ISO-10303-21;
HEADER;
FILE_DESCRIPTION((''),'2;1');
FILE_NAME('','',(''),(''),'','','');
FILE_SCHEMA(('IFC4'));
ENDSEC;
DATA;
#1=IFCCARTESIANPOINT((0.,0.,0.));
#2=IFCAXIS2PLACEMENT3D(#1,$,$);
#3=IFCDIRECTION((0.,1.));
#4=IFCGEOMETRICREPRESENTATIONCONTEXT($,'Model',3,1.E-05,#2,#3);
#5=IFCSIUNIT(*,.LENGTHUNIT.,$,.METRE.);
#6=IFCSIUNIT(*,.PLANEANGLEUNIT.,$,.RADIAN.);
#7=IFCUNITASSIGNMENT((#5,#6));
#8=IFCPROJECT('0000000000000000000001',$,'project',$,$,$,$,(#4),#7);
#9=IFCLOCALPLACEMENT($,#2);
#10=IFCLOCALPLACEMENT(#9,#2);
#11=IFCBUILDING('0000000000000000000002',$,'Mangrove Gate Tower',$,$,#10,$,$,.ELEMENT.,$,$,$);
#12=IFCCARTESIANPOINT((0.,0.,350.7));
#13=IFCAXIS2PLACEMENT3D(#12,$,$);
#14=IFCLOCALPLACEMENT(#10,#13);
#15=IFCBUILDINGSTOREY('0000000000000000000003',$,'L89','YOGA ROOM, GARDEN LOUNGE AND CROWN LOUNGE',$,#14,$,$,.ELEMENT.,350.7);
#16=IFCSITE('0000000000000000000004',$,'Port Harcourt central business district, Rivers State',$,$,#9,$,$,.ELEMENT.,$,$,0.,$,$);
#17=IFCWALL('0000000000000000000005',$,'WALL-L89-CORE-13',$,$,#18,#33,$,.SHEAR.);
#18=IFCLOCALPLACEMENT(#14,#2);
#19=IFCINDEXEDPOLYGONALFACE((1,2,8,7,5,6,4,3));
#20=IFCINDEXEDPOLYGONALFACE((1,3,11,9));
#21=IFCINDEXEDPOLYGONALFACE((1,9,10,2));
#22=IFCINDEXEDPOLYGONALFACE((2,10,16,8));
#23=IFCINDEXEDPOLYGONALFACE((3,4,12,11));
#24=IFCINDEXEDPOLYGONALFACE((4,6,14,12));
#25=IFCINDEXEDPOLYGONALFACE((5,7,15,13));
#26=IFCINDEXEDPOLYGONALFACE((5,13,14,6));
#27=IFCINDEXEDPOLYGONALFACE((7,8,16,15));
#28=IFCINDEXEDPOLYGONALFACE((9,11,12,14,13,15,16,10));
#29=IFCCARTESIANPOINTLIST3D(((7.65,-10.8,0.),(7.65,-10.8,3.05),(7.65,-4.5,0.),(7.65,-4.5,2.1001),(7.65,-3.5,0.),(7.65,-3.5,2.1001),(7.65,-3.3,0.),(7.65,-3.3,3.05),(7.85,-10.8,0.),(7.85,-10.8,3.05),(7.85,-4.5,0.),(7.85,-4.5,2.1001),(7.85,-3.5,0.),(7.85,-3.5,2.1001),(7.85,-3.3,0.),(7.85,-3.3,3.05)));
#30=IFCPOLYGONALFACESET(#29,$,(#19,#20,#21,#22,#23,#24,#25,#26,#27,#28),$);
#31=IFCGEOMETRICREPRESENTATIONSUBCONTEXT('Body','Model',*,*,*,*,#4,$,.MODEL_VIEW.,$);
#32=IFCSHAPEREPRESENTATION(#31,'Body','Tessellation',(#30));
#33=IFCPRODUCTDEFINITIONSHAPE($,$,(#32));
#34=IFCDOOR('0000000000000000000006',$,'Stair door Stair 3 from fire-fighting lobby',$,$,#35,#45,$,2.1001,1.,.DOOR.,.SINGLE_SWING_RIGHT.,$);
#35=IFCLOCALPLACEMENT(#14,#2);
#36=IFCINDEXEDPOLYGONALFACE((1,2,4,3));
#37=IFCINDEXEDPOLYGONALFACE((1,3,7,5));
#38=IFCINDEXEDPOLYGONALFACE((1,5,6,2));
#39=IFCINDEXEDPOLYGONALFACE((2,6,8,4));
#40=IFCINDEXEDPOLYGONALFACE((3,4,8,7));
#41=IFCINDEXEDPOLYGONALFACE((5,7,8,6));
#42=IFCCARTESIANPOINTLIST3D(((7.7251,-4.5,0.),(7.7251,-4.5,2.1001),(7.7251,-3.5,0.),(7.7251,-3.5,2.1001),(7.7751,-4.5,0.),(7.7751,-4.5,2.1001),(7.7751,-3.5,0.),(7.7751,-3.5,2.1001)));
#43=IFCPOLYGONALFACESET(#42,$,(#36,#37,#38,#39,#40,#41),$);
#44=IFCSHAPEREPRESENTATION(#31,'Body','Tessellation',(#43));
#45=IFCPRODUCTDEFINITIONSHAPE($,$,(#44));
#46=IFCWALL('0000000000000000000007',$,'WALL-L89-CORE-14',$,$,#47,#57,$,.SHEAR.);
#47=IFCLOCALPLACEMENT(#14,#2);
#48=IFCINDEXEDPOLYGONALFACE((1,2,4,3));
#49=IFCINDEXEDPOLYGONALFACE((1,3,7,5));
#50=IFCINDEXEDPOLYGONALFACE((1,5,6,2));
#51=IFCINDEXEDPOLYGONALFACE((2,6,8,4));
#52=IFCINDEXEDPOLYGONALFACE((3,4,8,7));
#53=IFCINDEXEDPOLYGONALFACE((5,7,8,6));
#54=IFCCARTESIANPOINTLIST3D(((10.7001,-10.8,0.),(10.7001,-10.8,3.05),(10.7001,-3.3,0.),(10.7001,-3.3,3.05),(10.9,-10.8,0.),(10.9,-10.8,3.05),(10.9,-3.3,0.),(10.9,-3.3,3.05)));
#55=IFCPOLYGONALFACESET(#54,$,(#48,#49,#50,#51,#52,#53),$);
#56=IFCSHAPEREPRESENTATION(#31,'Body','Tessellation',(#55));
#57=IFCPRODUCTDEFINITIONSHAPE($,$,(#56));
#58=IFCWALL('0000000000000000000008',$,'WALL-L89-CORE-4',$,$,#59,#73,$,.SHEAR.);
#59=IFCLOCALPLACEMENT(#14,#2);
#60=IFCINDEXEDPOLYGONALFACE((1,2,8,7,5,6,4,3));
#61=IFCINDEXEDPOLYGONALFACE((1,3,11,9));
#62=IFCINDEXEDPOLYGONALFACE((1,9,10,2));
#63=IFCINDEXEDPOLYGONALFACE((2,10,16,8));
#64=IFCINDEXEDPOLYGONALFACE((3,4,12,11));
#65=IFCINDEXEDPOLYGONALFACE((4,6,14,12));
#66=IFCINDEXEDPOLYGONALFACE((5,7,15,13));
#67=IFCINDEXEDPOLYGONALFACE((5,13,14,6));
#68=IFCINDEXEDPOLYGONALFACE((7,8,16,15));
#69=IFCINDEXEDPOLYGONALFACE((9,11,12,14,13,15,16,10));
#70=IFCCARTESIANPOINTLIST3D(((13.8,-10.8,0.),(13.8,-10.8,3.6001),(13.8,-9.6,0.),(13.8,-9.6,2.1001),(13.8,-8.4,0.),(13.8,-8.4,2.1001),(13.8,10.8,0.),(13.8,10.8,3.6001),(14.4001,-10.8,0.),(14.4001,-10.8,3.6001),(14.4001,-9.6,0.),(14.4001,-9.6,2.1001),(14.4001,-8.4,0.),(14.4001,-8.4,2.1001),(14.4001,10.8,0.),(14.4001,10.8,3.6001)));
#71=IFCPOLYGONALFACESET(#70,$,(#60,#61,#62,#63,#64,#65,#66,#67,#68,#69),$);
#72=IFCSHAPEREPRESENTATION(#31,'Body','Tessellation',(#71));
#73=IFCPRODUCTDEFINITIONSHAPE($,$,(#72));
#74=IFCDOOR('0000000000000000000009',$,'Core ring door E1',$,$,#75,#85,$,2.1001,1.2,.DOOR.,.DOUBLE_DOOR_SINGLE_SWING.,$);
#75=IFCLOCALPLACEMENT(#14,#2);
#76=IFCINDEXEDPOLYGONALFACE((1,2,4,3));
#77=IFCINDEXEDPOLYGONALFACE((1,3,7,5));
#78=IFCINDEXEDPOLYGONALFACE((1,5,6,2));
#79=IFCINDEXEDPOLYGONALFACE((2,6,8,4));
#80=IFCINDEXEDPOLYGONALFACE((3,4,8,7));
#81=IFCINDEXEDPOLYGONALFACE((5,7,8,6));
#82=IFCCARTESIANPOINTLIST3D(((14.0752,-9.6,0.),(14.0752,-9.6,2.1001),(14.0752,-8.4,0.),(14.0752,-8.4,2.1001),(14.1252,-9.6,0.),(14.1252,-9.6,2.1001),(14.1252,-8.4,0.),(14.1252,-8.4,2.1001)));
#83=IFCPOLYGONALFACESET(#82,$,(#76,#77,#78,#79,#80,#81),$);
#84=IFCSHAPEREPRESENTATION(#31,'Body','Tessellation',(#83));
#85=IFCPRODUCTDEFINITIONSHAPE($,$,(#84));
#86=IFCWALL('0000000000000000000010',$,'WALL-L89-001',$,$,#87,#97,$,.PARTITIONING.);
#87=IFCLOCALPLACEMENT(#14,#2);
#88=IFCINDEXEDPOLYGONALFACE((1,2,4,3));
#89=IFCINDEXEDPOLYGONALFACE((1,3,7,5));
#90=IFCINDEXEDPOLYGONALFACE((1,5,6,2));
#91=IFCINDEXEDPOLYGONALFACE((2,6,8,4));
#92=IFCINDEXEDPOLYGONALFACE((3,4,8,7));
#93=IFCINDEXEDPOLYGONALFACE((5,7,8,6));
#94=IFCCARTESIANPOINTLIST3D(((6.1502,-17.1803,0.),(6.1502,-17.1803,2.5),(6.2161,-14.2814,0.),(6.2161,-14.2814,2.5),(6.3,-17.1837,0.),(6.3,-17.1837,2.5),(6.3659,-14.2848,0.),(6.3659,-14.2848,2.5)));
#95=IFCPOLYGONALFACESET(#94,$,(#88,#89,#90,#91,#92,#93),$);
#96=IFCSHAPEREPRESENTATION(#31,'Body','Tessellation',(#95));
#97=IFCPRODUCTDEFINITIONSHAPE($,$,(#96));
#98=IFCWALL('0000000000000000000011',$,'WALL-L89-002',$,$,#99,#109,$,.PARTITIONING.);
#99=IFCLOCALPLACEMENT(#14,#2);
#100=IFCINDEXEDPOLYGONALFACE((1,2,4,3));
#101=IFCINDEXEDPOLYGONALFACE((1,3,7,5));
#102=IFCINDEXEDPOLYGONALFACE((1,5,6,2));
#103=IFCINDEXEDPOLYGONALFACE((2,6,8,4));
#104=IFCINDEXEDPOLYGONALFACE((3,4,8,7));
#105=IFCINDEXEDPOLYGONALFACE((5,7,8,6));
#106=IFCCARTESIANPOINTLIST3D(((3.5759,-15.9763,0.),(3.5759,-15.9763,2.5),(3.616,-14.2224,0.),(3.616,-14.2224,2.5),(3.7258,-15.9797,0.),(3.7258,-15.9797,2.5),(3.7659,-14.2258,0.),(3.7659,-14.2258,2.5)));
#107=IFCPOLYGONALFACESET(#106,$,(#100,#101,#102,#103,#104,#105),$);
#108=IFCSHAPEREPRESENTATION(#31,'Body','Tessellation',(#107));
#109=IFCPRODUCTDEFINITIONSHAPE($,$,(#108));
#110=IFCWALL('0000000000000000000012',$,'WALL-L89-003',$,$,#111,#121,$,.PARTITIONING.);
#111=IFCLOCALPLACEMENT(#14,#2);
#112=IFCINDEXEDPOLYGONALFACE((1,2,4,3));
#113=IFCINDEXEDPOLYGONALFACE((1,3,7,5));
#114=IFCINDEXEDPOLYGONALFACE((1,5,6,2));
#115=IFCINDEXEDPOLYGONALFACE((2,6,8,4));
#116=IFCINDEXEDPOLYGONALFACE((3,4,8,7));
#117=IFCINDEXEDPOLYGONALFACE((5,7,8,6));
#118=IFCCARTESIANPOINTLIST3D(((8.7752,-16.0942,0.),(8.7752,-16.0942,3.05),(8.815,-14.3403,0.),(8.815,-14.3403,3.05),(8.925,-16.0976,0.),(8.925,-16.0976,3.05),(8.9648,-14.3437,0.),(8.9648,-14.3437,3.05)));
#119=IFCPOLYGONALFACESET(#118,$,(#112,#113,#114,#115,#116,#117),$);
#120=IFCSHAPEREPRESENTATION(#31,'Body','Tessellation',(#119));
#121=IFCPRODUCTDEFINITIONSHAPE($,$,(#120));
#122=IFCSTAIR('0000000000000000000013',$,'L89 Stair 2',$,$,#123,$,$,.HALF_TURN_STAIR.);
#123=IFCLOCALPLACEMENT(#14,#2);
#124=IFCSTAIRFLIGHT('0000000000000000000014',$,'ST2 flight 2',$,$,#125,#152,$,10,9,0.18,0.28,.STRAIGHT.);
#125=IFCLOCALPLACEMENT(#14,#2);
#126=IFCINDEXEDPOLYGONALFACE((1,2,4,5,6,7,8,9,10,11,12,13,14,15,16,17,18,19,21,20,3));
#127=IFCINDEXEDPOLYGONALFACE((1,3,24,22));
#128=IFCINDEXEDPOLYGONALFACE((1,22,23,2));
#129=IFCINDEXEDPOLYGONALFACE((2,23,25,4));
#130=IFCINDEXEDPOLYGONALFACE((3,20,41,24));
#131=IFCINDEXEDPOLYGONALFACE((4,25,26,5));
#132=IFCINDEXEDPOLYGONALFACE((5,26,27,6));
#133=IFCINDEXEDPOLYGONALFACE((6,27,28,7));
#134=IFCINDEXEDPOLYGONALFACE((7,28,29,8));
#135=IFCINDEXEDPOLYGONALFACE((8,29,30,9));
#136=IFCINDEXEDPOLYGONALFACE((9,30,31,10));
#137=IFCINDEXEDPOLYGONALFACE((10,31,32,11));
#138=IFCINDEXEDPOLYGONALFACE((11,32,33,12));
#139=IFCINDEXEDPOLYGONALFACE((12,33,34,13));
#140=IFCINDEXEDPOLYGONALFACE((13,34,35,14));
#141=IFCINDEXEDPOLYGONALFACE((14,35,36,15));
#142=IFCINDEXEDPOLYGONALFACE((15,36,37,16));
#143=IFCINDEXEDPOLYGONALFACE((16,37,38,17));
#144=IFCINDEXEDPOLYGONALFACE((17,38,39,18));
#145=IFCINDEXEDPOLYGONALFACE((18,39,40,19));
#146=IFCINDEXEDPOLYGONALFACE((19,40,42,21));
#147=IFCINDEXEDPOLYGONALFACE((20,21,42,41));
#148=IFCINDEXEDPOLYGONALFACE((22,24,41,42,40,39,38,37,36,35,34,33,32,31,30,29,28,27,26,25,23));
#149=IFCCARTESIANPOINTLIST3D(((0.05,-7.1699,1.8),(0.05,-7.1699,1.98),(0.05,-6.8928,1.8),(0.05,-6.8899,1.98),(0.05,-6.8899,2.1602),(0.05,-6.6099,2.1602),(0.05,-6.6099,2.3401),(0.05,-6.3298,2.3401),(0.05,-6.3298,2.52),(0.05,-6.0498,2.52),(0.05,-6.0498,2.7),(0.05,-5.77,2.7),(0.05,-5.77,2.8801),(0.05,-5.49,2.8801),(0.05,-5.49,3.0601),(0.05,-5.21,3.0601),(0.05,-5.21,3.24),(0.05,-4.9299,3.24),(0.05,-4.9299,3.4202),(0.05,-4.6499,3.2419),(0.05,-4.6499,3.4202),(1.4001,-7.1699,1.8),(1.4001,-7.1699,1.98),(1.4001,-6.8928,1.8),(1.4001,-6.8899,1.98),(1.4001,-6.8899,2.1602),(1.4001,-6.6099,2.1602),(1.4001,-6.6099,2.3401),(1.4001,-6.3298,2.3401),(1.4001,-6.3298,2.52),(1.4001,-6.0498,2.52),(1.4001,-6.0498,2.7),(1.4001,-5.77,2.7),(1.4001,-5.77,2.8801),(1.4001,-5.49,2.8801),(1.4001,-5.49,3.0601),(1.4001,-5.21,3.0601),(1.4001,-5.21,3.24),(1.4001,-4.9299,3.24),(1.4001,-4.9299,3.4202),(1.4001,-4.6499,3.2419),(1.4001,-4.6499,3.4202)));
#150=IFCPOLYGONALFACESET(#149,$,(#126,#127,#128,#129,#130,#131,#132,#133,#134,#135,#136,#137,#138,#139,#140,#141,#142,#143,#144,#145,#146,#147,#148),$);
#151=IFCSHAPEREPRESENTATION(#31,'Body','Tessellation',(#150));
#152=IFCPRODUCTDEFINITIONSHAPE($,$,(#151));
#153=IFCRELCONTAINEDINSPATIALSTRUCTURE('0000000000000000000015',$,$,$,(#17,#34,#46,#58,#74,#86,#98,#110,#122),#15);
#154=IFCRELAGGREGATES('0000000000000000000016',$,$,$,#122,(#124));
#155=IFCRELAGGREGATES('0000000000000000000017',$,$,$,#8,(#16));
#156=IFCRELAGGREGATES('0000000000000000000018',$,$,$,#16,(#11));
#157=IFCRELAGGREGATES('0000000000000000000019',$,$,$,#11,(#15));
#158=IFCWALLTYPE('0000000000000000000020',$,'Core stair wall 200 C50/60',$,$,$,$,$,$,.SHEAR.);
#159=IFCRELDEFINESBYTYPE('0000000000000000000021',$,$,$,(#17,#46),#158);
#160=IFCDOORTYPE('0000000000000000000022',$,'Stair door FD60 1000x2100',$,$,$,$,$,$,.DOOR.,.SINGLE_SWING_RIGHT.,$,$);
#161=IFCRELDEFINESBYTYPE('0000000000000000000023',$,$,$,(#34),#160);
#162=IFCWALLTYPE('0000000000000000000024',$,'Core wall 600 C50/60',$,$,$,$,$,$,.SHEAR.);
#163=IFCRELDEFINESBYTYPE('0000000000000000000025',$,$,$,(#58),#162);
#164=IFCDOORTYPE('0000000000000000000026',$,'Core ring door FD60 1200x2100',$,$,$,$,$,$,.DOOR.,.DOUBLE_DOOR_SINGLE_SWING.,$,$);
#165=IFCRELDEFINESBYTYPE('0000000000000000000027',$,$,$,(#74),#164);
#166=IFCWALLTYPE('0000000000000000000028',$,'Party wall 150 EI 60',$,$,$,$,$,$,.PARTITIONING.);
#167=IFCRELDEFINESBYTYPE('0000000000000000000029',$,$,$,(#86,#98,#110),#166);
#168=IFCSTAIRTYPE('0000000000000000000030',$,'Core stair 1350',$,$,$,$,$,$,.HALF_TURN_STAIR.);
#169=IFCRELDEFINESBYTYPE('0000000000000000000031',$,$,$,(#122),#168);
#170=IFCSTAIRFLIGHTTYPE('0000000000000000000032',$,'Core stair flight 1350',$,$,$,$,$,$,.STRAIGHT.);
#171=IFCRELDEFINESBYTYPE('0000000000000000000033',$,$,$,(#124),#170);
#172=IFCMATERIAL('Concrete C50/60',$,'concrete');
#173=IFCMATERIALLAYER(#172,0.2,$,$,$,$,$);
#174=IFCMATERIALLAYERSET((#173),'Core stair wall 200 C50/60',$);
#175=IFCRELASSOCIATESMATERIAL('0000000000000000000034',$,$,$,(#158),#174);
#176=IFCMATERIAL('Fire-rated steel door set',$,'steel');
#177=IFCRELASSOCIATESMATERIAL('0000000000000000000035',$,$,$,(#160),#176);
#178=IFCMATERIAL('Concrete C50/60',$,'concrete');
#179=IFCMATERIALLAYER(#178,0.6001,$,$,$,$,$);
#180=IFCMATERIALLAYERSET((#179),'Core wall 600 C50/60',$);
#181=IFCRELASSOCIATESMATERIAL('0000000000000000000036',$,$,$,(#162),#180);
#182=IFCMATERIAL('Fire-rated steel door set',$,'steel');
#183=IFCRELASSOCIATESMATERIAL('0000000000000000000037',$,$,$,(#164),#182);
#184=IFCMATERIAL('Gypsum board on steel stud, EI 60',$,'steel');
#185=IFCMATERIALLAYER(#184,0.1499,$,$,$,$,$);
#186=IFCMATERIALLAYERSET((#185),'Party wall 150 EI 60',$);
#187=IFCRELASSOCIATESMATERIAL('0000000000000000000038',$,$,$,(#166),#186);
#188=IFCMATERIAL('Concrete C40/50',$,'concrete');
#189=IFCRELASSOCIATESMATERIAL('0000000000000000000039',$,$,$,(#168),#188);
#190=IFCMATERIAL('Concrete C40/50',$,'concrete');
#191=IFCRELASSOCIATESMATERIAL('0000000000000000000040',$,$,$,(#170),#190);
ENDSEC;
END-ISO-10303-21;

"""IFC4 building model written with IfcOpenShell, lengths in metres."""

from ifc_helpers import new_model, si_unit, direction, frame, frame_2d, origin, place, context, subcontext, project, spatial, polyline, rectangle, outline, extrude, material, layer, layer_set, type_object, element, fill, aggregate, save


model = new_model("IFC4")

# Units and contexts
model_context = context("Model", 3, precision=1e-05, world=origin(), true_north=direction((0.0, 1.0)))
body_context = subcontext(model_context, "Body", "Model", "MODEL_VIEW")
ifc_project = project(units=[si_unit("LENGTHUNIT", "METRE"), si_unit("PLANEANGLEUNIT", "RADIAN")], contexts=[model_context])

# Site, building, storey
site_placement = place(None, origin())
site = spatial("IfcSite", under=ifc_project, at=site_placement, Name="Port Harcourt central business district, Rivers State", CompositionType="ELEMENT", RefElevation=0.0)
building_placement = place(site_placement, origin())
building = spatial("IfcBuilding", under=site, at=building_placement, Name="Mangrove Gate Tower", CompositionType="ELEMENT")
storey_placement = place(building_placement, frame((0.0, 0.0, 350.7)))
storey = spatial("IfcBuildingStorey", under=building, at=storey_placement, Name="L89", Description="YOGA ROOM, GARDEN LOUNGE AND CROWN LOUNGE", CompositionType="ELEMENT", Elevation=350.7)

# Wall, opening, door
ifc_material_1 = material(Name="Concrete C50/60", Category="concrete")
ifc_layer_1 = layer(ifc_material_1, 0.2)
ifc_layer_set_1 = layer_set([ifc_layer_1], Name="Core stair wall 200 C50/60")
wall_type_1 = type_object("IfcWallType", Name="Core stair wall 200 C50/60", PredefinedType="SHEAR", material=ifc_layer_set_1)
ifc_material_2 = material(Name="Fire-rated steel door set", Category="steel")
door_type_1 = type_object("IfcDoorType", Name="Stair door FD60 1000x2100", OperationType="SINGLE_SWING_RIGHT", PredefinedType="DOOR", material=ifc_material_2)
wall_1_placement = place(storey_placement, frame((7.75, -10.8, 0.0), z_axis=(0.0, 0.0, 1.0), x_axis=(0.0, 1.0, 0.0)))
wall_1 = element("IfcWall", 1, at=wall_1_placement, inside=storey, type_object=wall_type_1, Name="WALL-L89-CORE-13", PredefinedType="SHEAR", context=body_context, shape_type="SweptSolid", body=[
    extrude(rectangle(XDim=7.5, YDim=0.2, at=frame_2d((3.75, 0.0))), origin(), (0.0, 0.0, 1.0), 3.05),
])
opening_1_placement = place(wall_1_placement, frame((6.3, 0.0, 0.0)))
opening_1 = element("IfcOpeningElement", 2, at=opening_1_placement, cuts=wall_1, PredefinedType="OPENING", context=body_context, shape_type="SweptSolid", body=[
    extrude(rectangle(XDim=1.0, YDim=2.1001, at=frame_2d((0.5, 1.05))), frame((0.0, 0.1099, 0.0), z_axis=(0.0, -1.0, 0.0), x_axis=(1.0, 0.0, 0.0)), (0.0, 0.0, 1.0), 0.22),
])
door_1_placement = place(opening_1_placement, origin())
door_1 = element("IfcDoor", 3, at=door_1_placement, inside=storey, type_object=door_type_1, Name="Stair door Stair 3 from fire-fighting lobby", OperationType="SINGLE_SWING_RIGHT", OverallHeight=2.1001, OverallWidth=1.0, PredefinedType="DOOR", context=body_context, shape_type="SweptSolid", body=[
    extrude(rectangle(XDim=1.0, YDim=2.1001, at=frame_2d((0.5, 1.05))), frame((0.0, 0.0249, 0.0), z_axis=(0.0, -1.0, 0.0), x_axis=(1.0, 0.0, 0.0)), (0.0, 0.0, 1.0), 0.05),
])
fill(opening_1, door_1)

# Wall
wall_2_placement = place(storey_placement, frame((10.8, -10.8, 0.0), z_axis=(0.0, 0.0, 1.0), x_axis=(0.0, 1.0, 0.0)))
element("IfcWall", 4, at=wall_2_placement, inside=storey, type_object=wall_type_1, Name="WALL-L89-CORE-14", PredefinedType="SHEAR", context=body_context, shape_type="SweptSolid", body=[
    extrude(rectangle(XDim=7.5, YDim=0.2, at=frame_2d((3.75, 0.0))), origin(), (0.0, 0.0, 1.0), 3.05),
])

# Wall, opening, door
ifc_material_3 = material(Name="Concrete C50/60", Category="concrete")
ifc_layer_2 = layer(ifc_material_3, 0.6001)
ifc_layer_set_2 = layer_set([ifc_layer_2], Name="Core wall 600 C50/60")
wall_type_2 = type_object("IfcWallType", Name="Core wall 600 C50/60", PredefinedType="SHEAR", material=ifc_layer_set_2)
wall_3_placement = place(storey_placement, frame((14.1001, -10.8, 0.0), z_axis=(0.0, 0.0, 1.0), x_axis=(0.0, 1.0, 0.0)))
wall_3 = element("IfcWall", 5, at=wall_3_placement, inside=storey, type_object=wall_type_2, Name="WALL-L89-CORE-4", PredefinedType="SHEAR", context=body_context, shape_type="SweptSolid", body=[
    extrude(rectangle(XDim=21.6001, YDim=0.6001, at=frame_2d((10.8, 0.0))), origin(), (0.0, 0.0, 1.0), 3.6001),
])
opening_2_placement = place(wall_3_placement, frame((1.2, 0.0, 0.0)))
opening_2 = element("IfcOpeningElement", 6, at=opening_2_placement, cuts=wall_3, PredefinedType="OPENING", context=body_context, shape_type="SweptSolid", body=[
    extrude(rectangle(XDim=1.2, YDim=2.1001, at=frame_2d((0.6001, 1.05))), frame((0.0, 0.3101, 0.0), z_axis=(0.0, -1.0, 0.0), x_axis=(1.0, 0.0, 0.0)), (0.0, 0.0, 1.0), 0.6201),
])
ifc_material_4 = material(Name="Fire-rated steel door set", Category="steel")
door_type_2 = type_object("IfcDoorType", Name="Core ring door FD60 1200x2100", OperationType="DOUBLE_DOOR_SINGLE_SWING", PredefinedType="DOOR", material=ifc_material_4)
door_2_placement = place(opening_2_placement, origin())
door_2 = element("IfcDoor", 7, at=door_2_placement, inside=storey, type_object=door_type_2, Name="Core ring door E1", OperationType="DOUBLE_DOOR_SINGLE_SWING", OverallHeight=2.1001, OverallWidth=1.2, PredefinedType="DOOR", context=body_context, shape_type="SweptSolid", body=[
    extrude(rectangle(XDim=1.2, YDim=2.1001, at=frame_2d((0.6001, 1.05))), frame((0.0, 0.0249, 0.0), z_axis=(0.0, -1.0, 0.0), x_axis=(1.0, 0.0, 0.0)), (0.0, 0.0, 1.0), 0.05),
])
fill(opening_2, door_2)

# Walls
ifc_material_5 = material(Name="Gypsum board on steel stud, EI 60", Category="steel")
ifc_layer_3 = layer(ifc_material_5, 0.1499)
ifc_layer_set_3 = layer_set([ifc_layer_3], Name="Party wall 150 EI 60")
wall_type_3 = type_object("IfcWallType", Name="Party wall 150 EI 60", PredefinedType="PARTITIONING", material=ifc_layer_set_3)
wall_4_placement = place(storey_placement, frame((6.2251, -17.1819, 0.0), z_axis=(0.0, 0.0, 1.0), x_axis=(0.022733, 0.999742, 0.0)))
element("IfcWall", 8, at=wall_4_placement, inside=storey, type_object=wall_type_3, Name="WALL-L89-001", PredefinedType="PARTITIONING", context=body_context, shape_type="SweptSolid", body=[
    extrude(rectangle(XDim=2.8997, YDim=0.1499, at=frame_2d((1.4497, 0.0))), origin(), (0.0, 0.0, 1.0), 2.5),
])
wall_5_placement = place(storey_placement, frame((3.6509, -15.978, 0.0), z_axis=(0.0, 0.0, 1.0), x_axis=(0.022823, 0.99974, 0.0)))
element("IfcWall", 9, at=wall_5_placement, inside=storey, type_object=wall_type_3, Name="WALL-L89-002", PredefinedType="PARTITIONING", context=body_context, shape_type="SweptSolid", body=[
    extrude(rectangle(XDim=1.7544, YDim=0.1499, at=frame_2d((0.8772, 0.0))), origin(), (0.0, 0.0, 1.0), 2.5),
])
wall_6_placement = place(storey_placement, frame((8.8501, -16.0959, 0.0), z_axis=(0.0, 0.0, 1.0), x_axis=(0.022683, 0.999743, 0.0)))
element("IfcWall", 10, at=wall_6_placement, inside=storey, type_object=wall_type_3, Name="WALL-L89-003", PredefinedType="PARTITIONING", context=body_context, shape_type="SweptSolid", body=[
    extrude(rectangle(XDim=1.7544, YDim=0.1499, at=frame_2d((0.8772, 0.0))), origin(), (0.0, 0.0, 1.0), 3.05),
])

# Stair, stair flight
ifc_material_6 = material(Name="Concrete C40/50", Category="concrete")
stair_type = type_object("IfcStairType", Name="Core stair 1350", PredefinedType="HALF_TURN_STAIR", material=ifc_material_6)
stair_1_placement = place(storey_placement, origin())
stair_1 = element("IfcStair", 11, at=stair_1_placement, inside=storey, type_object=stair_type, Name="L89 Stair 2", PredefinedType="HALF_TURN_STAIR")
ifc_material_7 = material(Name="Concrete C40/50", Category="concrete")
stair_flight_type = type_object("IfcStairFlightType", Name="Core stair flight 1350", PredefinedType="STRAIGHT", material=ifc_material_7)
stair_flight_1_placement = place(storey_placement, frame((0.7251, -7.1699, 1.8), z_axis=(0.0, 0.0, 1.0), x_axis=(0.0, 1.0, 0.0)))
stair_flight_1 = element("IfcStairFlight", 12, at=stair_flight_1_placement, type_object=stair_flight_type, Name="ST2 flight 2", NumberOfRisers=10, NumberOfTreads=9, PredefinedType="STRAIGHT", RiserHeight=0.18, TreadLength=0.28, context=body_context, shape_type="SweptSolid", body=[
    extrude(outline(polyline([(0.0, 0.0), (0.0, 0.1799), (0.28, 0.1799), (0.28, 0.3601), (0.5601, 0.3601), (0.5601, 0.54), (0.8401, 0.54), (0.8401, 0.72), (1.1201, 0.72), (1.1201, 0.8999), (1.3999, 0.8999), (1.3999, 1.0801), (1.6799, 1.0801), (1.6799, 1.26), (1.96, 1.26), (1.96, 1.4399), (2.24, 1.4399), (2.24, 1.6201), (2.52, 1.6201), (2.52, 1.8), (2.52, 1.4419), (0.2771, 0.0), (0.0, 0.0)])), frame((0.0, 0.675, 0.0), z_axis=(0.0, -1.0, 0.0), x_axis=(1.0, 0.0, 0.0)), (0.0, 0.0, 1.0), 1.3501),
])
aggregate(stair_1, [stair_flight_1])

save(model, "model.ifc")
